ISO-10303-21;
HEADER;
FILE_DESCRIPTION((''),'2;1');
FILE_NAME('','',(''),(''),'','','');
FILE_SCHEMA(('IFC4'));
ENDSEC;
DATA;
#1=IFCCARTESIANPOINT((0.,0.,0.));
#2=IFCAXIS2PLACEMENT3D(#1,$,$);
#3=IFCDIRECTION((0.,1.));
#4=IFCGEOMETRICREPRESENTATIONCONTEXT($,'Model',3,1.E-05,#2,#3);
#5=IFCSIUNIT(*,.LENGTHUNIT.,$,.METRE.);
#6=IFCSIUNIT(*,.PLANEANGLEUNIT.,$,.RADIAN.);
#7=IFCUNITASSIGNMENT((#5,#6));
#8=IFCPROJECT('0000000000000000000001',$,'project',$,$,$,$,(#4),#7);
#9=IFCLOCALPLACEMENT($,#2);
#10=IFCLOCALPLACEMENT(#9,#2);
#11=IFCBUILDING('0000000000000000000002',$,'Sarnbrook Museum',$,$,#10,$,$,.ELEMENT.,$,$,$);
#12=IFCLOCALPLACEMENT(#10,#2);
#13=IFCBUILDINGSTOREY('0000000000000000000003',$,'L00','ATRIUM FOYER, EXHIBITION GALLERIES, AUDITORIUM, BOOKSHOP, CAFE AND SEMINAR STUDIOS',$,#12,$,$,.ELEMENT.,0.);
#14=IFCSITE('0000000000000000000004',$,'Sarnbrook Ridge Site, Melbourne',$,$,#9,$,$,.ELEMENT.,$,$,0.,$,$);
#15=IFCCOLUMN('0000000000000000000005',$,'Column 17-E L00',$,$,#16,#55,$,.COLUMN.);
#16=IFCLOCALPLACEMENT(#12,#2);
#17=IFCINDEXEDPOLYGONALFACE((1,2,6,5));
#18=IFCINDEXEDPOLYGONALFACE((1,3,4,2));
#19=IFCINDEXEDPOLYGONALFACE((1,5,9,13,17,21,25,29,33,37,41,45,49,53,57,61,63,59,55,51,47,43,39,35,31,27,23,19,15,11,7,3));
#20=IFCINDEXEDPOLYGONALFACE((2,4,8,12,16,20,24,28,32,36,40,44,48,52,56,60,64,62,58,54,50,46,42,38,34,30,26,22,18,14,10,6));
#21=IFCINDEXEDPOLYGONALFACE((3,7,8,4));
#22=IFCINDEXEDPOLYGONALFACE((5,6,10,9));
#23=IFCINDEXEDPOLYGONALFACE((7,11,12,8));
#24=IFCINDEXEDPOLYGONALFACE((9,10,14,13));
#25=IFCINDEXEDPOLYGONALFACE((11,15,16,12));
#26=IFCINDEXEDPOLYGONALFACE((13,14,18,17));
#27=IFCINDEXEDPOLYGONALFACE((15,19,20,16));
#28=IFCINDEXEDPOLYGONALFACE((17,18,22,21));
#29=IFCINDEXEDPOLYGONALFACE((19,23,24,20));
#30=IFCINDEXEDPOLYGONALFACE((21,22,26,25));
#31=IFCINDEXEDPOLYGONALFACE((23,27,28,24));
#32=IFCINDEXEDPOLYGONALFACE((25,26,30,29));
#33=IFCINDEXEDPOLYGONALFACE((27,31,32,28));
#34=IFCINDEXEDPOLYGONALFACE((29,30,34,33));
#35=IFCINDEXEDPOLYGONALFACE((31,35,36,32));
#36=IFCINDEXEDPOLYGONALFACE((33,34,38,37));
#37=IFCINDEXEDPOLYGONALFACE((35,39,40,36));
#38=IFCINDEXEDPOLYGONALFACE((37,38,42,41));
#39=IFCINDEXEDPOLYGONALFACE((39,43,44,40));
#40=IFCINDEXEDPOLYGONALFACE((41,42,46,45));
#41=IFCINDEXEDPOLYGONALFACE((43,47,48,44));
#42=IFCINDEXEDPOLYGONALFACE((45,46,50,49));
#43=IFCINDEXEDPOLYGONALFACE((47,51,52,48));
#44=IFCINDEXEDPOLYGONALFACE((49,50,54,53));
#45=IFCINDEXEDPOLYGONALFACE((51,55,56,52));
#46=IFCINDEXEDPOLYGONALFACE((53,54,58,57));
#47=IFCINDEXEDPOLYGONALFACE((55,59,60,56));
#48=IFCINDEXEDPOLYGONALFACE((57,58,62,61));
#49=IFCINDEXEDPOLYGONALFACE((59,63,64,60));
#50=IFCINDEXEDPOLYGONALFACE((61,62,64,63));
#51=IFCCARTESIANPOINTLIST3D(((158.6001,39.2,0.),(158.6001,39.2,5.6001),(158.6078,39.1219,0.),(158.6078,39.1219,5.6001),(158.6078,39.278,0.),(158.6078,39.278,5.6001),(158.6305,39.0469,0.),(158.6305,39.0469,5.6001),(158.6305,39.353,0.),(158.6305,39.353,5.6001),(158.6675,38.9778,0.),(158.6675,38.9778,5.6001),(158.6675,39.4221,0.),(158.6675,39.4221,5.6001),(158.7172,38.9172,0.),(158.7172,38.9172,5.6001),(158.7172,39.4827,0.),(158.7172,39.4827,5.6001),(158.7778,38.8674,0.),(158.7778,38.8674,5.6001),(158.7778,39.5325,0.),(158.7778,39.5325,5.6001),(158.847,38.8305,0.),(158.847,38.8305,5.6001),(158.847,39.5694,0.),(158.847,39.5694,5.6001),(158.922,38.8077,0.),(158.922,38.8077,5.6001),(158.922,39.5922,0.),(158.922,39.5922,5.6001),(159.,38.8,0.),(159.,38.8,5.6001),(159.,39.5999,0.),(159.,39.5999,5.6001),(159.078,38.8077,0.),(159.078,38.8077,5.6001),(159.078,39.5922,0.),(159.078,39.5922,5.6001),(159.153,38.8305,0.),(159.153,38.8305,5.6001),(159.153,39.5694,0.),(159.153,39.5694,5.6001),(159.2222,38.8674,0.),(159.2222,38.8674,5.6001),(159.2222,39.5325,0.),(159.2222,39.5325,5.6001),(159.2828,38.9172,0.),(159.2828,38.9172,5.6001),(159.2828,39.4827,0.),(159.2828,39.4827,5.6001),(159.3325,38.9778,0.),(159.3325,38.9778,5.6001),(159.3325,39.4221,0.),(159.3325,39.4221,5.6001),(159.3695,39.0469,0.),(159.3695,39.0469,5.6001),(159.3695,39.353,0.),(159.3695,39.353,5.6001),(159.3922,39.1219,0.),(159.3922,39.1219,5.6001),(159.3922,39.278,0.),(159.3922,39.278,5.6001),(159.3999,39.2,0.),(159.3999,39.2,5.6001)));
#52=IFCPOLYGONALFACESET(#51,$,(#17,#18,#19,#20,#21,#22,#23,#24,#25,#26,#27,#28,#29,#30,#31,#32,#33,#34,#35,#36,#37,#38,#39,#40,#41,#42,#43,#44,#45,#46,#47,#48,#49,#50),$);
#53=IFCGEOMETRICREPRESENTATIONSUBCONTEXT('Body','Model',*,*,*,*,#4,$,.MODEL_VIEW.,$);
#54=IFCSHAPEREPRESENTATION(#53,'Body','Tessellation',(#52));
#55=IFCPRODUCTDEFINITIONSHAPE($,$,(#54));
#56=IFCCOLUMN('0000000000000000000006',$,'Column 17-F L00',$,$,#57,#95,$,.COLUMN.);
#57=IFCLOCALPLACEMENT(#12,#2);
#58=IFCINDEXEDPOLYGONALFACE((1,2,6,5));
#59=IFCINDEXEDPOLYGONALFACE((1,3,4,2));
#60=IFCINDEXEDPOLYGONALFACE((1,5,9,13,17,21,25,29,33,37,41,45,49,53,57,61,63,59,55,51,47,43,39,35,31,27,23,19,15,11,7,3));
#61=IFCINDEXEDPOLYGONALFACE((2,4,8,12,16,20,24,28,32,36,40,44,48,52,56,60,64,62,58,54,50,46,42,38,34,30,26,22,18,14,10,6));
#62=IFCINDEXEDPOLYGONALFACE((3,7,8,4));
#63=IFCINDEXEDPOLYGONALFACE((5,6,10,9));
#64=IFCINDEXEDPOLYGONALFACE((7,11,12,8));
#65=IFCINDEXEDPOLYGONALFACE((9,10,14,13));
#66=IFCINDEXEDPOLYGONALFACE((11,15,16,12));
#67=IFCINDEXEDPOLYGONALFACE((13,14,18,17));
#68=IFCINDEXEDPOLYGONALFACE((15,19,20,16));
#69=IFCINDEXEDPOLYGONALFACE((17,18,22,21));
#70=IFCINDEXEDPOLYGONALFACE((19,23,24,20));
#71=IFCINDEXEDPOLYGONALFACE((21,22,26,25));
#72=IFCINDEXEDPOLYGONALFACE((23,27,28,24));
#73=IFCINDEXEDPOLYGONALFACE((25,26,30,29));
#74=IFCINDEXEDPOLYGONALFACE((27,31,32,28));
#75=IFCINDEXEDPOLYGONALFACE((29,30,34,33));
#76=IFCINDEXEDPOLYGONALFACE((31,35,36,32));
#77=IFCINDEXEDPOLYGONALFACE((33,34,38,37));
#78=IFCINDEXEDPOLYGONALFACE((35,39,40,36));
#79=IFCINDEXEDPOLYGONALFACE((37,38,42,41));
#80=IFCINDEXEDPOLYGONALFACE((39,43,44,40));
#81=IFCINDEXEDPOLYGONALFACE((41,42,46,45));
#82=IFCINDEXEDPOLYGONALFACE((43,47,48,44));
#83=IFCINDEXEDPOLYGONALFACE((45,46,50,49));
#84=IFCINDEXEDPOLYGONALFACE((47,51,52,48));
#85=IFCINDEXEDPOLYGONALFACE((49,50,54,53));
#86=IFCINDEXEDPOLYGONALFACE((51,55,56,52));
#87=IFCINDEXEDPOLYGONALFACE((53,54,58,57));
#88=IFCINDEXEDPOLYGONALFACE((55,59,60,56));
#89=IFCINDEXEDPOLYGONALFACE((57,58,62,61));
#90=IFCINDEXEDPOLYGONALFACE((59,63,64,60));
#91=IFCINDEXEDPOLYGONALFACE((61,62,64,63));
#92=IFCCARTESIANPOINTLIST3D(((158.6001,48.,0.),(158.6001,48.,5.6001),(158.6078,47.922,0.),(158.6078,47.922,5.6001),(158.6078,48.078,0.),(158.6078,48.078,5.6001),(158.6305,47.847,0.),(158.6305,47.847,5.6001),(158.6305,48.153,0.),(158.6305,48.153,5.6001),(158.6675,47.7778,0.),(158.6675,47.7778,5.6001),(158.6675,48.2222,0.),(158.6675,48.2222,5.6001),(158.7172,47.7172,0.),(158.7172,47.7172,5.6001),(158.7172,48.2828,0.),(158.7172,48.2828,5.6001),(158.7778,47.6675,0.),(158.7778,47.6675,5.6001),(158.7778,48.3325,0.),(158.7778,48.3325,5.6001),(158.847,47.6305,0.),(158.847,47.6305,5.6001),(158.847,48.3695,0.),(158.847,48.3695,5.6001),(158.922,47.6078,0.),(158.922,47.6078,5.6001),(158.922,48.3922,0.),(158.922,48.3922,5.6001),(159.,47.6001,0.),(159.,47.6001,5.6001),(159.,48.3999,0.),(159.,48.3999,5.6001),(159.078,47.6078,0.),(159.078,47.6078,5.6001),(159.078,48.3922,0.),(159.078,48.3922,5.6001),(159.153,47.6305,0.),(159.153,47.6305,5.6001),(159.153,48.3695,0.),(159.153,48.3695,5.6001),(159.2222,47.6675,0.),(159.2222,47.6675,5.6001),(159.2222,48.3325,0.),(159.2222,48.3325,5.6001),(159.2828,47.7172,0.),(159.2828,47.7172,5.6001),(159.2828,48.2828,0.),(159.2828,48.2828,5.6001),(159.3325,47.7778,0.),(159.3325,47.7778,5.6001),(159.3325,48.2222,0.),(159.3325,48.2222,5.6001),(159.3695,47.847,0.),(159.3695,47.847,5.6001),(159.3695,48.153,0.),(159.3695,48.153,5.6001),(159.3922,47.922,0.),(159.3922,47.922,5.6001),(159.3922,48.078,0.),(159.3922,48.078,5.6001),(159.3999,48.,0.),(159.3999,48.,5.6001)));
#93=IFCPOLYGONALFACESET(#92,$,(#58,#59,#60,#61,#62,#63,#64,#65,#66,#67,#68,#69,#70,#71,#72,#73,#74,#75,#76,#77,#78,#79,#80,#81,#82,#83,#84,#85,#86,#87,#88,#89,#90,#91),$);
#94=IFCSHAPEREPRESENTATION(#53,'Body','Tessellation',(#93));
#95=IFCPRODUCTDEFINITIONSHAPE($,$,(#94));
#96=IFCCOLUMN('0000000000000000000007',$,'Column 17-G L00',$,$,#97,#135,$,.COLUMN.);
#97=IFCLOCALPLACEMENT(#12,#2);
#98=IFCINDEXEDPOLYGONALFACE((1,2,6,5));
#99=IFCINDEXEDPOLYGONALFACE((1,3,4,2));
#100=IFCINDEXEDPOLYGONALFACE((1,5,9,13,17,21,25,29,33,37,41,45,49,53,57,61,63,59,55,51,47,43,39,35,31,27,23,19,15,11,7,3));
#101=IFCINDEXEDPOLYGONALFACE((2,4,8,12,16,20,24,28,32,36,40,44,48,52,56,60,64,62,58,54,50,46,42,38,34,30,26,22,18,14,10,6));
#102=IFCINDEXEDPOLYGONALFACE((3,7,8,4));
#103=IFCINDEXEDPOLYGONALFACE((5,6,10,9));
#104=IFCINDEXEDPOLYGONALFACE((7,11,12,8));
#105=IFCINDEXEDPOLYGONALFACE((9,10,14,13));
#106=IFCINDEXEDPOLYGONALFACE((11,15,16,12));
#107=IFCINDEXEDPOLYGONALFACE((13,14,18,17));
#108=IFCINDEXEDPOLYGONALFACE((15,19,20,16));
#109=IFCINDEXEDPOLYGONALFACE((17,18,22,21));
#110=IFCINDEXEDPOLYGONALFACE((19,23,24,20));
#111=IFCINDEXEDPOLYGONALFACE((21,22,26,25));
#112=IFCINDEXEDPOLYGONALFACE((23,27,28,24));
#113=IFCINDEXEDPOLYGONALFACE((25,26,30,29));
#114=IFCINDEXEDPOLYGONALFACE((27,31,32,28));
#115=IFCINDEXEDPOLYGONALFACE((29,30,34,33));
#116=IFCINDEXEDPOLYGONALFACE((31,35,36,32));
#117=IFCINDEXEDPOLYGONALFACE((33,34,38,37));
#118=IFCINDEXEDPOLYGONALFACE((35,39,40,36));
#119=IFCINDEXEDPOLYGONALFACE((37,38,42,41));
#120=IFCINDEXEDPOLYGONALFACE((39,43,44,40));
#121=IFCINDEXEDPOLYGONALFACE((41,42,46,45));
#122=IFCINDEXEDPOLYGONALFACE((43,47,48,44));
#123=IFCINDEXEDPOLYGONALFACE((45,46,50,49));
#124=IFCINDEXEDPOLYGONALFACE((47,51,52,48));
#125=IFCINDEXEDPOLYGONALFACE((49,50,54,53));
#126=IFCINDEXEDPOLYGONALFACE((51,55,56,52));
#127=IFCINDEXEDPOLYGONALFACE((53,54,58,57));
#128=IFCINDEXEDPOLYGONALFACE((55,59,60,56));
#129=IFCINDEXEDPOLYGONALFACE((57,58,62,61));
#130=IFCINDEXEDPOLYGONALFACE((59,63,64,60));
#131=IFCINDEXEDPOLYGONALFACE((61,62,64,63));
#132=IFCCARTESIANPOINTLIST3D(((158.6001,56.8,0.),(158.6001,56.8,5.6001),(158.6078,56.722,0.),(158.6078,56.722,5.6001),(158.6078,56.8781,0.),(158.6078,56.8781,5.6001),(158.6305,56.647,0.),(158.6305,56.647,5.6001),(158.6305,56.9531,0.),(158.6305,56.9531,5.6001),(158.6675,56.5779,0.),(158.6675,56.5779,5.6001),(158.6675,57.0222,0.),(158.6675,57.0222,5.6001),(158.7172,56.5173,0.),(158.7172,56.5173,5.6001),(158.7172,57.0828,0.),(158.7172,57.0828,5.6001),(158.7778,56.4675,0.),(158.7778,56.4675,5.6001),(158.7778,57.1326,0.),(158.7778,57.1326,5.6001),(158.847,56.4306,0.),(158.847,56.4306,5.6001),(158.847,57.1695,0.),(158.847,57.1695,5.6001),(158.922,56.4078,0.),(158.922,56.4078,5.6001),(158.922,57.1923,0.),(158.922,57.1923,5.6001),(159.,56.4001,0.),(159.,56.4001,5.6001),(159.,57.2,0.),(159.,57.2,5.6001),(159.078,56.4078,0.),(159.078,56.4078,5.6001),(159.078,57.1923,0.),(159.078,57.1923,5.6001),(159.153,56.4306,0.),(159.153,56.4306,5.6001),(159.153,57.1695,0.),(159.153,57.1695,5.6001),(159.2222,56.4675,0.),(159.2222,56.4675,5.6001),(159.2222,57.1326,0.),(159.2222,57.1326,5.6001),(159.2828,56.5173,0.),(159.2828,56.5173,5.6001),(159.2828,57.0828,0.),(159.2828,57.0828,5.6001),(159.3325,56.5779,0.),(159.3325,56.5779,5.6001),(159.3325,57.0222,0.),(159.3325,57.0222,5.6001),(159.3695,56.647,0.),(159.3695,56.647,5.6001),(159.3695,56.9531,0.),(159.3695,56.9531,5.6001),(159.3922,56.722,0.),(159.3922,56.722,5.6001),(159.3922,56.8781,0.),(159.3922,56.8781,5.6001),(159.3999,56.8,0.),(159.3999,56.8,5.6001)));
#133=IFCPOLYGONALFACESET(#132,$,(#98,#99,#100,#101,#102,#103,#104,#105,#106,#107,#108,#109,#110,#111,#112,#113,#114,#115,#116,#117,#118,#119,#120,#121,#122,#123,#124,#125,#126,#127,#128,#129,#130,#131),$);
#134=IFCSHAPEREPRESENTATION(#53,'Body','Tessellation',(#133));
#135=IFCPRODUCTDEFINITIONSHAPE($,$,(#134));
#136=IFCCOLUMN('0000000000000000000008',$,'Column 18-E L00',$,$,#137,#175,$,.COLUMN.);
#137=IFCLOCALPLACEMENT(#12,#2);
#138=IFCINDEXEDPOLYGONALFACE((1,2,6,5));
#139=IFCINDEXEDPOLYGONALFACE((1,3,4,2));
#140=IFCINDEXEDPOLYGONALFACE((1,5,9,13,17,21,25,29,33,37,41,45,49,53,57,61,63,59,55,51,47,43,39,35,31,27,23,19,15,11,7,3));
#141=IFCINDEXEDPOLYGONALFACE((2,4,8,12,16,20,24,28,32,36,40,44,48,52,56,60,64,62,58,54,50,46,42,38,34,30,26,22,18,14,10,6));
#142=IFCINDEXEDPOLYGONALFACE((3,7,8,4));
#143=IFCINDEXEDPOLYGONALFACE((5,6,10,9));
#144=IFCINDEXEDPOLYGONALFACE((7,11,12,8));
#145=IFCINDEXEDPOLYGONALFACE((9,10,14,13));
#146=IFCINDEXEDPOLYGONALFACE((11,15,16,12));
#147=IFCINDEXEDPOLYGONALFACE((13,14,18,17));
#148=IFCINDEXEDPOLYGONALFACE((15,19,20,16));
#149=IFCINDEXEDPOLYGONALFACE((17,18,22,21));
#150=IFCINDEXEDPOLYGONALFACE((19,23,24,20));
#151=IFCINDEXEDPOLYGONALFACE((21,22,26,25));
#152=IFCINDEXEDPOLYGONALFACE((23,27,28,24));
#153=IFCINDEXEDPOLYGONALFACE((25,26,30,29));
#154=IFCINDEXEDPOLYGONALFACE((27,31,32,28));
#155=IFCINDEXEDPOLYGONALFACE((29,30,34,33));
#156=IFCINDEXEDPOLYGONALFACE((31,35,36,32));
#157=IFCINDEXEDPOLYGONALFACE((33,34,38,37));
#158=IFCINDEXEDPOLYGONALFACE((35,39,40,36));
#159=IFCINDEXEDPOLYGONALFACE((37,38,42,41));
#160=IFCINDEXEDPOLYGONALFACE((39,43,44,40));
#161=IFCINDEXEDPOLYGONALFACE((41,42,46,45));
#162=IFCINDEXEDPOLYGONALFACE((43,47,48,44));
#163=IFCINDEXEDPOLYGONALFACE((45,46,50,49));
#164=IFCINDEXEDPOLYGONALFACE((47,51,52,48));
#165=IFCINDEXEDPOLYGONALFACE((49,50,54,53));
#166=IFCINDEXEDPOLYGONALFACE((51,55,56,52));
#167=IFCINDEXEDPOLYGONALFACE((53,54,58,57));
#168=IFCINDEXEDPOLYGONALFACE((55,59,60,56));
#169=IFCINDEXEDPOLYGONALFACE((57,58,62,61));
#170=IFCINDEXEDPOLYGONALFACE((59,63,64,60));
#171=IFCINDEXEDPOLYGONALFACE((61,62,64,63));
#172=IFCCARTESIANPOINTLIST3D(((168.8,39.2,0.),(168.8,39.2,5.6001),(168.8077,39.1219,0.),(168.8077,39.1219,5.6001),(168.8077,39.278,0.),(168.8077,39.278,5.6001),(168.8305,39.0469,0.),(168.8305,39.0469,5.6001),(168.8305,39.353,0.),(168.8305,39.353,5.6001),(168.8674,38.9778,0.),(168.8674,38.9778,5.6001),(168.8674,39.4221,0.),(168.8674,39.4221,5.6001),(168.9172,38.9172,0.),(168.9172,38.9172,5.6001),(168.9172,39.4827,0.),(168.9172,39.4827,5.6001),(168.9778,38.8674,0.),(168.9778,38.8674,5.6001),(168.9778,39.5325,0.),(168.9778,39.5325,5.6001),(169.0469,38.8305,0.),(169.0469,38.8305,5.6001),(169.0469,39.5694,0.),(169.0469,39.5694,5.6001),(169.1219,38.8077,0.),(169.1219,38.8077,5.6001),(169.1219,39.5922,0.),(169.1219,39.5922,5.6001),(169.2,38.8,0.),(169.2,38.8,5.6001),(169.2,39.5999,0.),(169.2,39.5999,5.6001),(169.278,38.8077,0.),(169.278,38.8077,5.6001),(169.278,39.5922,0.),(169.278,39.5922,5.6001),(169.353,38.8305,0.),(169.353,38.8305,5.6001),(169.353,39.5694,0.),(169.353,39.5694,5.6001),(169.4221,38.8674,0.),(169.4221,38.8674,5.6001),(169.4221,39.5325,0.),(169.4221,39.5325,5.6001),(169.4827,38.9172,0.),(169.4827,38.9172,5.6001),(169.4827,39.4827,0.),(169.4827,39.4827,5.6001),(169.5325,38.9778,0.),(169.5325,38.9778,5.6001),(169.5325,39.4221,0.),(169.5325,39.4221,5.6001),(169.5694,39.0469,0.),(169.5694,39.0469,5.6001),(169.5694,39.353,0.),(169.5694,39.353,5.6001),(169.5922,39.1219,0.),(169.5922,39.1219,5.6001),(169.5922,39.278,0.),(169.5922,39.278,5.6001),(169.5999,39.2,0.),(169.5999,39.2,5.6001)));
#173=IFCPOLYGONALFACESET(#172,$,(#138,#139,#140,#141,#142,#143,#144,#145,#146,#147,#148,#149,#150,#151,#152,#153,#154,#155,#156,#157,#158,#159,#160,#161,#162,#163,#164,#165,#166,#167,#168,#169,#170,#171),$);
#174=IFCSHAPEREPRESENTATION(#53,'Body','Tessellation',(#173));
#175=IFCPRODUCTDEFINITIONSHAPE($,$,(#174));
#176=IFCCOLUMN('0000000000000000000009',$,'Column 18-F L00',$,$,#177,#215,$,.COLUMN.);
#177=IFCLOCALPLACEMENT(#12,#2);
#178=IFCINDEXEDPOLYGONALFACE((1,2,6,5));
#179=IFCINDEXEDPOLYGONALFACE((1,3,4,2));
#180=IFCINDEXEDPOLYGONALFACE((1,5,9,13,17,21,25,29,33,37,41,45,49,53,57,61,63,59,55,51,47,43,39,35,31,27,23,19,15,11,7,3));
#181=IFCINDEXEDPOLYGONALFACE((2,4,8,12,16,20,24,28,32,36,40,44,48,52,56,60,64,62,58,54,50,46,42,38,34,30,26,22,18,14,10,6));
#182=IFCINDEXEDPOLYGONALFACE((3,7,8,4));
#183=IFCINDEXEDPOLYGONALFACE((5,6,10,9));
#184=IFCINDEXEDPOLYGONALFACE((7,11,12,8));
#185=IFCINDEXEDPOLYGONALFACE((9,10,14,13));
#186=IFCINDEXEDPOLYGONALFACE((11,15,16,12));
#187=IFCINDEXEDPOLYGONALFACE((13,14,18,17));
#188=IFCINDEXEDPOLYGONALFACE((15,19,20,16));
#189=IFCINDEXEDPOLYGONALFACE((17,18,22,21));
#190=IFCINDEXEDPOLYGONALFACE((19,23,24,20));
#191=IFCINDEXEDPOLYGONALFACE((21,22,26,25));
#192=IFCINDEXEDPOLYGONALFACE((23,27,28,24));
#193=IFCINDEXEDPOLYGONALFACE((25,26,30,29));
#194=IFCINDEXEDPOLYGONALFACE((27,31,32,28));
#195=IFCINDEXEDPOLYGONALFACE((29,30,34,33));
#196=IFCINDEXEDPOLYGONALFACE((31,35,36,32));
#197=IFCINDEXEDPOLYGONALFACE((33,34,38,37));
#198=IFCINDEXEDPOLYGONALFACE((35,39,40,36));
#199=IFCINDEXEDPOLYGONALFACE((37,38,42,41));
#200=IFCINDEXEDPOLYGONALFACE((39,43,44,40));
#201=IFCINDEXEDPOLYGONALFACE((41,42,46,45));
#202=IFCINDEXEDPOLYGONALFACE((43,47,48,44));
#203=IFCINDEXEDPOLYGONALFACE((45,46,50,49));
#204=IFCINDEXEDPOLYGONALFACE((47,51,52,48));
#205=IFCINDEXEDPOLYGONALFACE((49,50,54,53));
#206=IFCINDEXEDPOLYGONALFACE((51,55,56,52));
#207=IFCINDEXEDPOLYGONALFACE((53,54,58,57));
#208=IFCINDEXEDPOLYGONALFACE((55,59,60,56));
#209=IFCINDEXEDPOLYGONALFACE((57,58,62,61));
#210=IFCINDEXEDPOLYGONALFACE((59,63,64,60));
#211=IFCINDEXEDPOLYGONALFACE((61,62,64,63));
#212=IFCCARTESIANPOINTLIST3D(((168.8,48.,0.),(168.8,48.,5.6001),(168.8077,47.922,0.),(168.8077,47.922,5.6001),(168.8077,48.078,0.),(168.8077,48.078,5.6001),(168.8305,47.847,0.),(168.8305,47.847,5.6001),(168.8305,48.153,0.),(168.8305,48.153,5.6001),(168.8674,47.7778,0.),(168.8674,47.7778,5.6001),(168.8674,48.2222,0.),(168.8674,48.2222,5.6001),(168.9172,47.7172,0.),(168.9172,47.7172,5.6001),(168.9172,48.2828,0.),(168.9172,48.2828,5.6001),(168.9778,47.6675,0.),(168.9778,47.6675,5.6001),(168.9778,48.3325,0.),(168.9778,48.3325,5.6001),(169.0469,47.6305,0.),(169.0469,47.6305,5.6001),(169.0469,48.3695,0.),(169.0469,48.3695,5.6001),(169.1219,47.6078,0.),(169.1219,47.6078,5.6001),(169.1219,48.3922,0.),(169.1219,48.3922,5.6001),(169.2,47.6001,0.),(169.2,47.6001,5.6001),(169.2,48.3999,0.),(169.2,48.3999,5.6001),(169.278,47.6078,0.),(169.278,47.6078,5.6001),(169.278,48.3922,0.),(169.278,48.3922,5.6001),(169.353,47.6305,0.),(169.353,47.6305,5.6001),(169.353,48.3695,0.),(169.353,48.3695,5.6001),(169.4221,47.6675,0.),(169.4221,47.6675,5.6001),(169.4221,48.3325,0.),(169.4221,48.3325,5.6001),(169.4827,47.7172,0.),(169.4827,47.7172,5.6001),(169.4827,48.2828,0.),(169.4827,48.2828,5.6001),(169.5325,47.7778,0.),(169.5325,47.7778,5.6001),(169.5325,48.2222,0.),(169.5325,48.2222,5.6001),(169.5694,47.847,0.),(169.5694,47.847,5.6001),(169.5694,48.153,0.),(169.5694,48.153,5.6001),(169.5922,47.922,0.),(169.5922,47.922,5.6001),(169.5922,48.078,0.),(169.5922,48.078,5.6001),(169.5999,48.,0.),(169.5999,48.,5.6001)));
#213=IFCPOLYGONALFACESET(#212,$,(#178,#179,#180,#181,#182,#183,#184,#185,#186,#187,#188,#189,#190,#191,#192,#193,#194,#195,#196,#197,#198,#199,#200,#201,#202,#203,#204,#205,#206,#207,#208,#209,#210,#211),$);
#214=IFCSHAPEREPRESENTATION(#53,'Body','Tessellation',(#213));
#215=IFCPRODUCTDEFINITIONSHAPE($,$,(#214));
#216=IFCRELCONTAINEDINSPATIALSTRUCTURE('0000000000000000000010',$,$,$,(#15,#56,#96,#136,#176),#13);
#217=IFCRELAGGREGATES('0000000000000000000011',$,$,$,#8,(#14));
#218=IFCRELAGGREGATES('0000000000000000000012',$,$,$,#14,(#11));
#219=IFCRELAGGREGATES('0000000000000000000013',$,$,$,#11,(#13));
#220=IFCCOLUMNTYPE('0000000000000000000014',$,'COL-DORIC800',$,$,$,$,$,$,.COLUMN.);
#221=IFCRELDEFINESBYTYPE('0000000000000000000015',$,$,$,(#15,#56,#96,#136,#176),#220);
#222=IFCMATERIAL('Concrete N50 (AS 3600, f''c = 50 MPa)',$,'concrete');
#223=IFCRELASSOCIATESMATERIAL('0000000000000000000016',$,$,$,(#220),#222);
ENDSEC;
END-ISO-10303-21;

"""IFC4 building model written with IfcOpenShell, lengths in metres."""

from ifc_helpers import new_model, si_unit, direction, frame, origin, origin_2d, place, context, subcontext, project, spatial, circle, extrude, material, material_profile, profile_set, type_object, element, save


model = new_model("IFC4")

# Units and contexts
model_context = context("Model", 3, precision=1e-05, world=origin(), true_north=direction((0.0, 1.0)))
body_context = subcontext(model_context, "Body", "Model", "MODEL_VIEW")
ifc_project = project(units=[si_unit("LENGTHUNIT", "METRE"), si_unit("PLANEANGLEUNIT", "RADIAN")], contexts=[model_context])

# Site, building, storey
site_placement = place(None, origin())
site = spatial("IfcSite", under=ifc_project, at=site_placement, Name="Sarnbrook Ridge Site, Melbourne", CompositionType="ELEMENT", RefElevation=0.0)
building_placement = place(site_placement, origin())
building = spatial("IfcBuilding", under=site, at=building_placement, Name="Sarnbrook Museum", CompositionType="ELEMENT")
storey_placement = place(building_placement, origin())
storey = spatial("IfcBuildingStorey", under=building, at=storey_placement, Name="L00", Description="ATRIUM FOYER, EXHIBITION GALLERIES, AUDITORIUM, BOOKSHOP, CAFE AND SEMINAR STUDIOS", CompositionType="ELEMENT", Elevation=0.0)

# Columns
ifc_material_1 = material(Name="Concrete N50 (AS 3600, f'c = 50 MPa)", Category="concrete")
ifc_material_profile_1 = material_profile(ifc_material_1, circle(Radius=0.3999, at=origin_2d()), Name="DORIC D800")
ifc_profile_set_1 = profile_set([ifc_material_profile_1], Name="Concrete N50 (AS 3600, f'c = 50 MPa)")
column_type = type_object("IfcColumnType", Name="COL-DORIC800", PredefinedType="COLUMN", material=ifc_profile_set_1)
for number, where, z_axis, x_axis, name in (
    (1, (159.0, 39.2, 0.0), (0.0, 0.0, 1.0), (1.0, 0.0, 0.0), "Column 17-E L00"),
    (2, (159.0, 48.0, 0.0), (0.0, 0.0, 1.0), (1.0, 0.0, 0.0), "Column 17-F L00"),
    (3, (159.0, 56.8, 0.0), (0.0, 0.0, 1.0), (1.0, 0.0, 0.0), "Column 17-G L00"),
    (4, (169.2, 39.2, 0.0), (0.0, 0.0, 1.0), (1.0, 0.0, 0.0), "Column 18-E L00"),
    (5, (169.2, 48.0, 0.0), (0.0, 0.0, 1.0), (1.0, 0.0, 0.0), "Column 18-F L00"),
):
    element("IfcColumn", number, at=place(storey_placement, frame(where, z_axis=z_axis, x_axis=x_axis)), inside=storey, type_object=column_type, Name=name, PredefinedType="COLUMN", context=body_context, shape_type="SweptSolid", body=[
        extrude(circle(Radius=0.3999, at=origin_2d()), origin(), (0.0, 0.0, 1.0), 5.6001),
    ])

save(model, "model.ifc")
